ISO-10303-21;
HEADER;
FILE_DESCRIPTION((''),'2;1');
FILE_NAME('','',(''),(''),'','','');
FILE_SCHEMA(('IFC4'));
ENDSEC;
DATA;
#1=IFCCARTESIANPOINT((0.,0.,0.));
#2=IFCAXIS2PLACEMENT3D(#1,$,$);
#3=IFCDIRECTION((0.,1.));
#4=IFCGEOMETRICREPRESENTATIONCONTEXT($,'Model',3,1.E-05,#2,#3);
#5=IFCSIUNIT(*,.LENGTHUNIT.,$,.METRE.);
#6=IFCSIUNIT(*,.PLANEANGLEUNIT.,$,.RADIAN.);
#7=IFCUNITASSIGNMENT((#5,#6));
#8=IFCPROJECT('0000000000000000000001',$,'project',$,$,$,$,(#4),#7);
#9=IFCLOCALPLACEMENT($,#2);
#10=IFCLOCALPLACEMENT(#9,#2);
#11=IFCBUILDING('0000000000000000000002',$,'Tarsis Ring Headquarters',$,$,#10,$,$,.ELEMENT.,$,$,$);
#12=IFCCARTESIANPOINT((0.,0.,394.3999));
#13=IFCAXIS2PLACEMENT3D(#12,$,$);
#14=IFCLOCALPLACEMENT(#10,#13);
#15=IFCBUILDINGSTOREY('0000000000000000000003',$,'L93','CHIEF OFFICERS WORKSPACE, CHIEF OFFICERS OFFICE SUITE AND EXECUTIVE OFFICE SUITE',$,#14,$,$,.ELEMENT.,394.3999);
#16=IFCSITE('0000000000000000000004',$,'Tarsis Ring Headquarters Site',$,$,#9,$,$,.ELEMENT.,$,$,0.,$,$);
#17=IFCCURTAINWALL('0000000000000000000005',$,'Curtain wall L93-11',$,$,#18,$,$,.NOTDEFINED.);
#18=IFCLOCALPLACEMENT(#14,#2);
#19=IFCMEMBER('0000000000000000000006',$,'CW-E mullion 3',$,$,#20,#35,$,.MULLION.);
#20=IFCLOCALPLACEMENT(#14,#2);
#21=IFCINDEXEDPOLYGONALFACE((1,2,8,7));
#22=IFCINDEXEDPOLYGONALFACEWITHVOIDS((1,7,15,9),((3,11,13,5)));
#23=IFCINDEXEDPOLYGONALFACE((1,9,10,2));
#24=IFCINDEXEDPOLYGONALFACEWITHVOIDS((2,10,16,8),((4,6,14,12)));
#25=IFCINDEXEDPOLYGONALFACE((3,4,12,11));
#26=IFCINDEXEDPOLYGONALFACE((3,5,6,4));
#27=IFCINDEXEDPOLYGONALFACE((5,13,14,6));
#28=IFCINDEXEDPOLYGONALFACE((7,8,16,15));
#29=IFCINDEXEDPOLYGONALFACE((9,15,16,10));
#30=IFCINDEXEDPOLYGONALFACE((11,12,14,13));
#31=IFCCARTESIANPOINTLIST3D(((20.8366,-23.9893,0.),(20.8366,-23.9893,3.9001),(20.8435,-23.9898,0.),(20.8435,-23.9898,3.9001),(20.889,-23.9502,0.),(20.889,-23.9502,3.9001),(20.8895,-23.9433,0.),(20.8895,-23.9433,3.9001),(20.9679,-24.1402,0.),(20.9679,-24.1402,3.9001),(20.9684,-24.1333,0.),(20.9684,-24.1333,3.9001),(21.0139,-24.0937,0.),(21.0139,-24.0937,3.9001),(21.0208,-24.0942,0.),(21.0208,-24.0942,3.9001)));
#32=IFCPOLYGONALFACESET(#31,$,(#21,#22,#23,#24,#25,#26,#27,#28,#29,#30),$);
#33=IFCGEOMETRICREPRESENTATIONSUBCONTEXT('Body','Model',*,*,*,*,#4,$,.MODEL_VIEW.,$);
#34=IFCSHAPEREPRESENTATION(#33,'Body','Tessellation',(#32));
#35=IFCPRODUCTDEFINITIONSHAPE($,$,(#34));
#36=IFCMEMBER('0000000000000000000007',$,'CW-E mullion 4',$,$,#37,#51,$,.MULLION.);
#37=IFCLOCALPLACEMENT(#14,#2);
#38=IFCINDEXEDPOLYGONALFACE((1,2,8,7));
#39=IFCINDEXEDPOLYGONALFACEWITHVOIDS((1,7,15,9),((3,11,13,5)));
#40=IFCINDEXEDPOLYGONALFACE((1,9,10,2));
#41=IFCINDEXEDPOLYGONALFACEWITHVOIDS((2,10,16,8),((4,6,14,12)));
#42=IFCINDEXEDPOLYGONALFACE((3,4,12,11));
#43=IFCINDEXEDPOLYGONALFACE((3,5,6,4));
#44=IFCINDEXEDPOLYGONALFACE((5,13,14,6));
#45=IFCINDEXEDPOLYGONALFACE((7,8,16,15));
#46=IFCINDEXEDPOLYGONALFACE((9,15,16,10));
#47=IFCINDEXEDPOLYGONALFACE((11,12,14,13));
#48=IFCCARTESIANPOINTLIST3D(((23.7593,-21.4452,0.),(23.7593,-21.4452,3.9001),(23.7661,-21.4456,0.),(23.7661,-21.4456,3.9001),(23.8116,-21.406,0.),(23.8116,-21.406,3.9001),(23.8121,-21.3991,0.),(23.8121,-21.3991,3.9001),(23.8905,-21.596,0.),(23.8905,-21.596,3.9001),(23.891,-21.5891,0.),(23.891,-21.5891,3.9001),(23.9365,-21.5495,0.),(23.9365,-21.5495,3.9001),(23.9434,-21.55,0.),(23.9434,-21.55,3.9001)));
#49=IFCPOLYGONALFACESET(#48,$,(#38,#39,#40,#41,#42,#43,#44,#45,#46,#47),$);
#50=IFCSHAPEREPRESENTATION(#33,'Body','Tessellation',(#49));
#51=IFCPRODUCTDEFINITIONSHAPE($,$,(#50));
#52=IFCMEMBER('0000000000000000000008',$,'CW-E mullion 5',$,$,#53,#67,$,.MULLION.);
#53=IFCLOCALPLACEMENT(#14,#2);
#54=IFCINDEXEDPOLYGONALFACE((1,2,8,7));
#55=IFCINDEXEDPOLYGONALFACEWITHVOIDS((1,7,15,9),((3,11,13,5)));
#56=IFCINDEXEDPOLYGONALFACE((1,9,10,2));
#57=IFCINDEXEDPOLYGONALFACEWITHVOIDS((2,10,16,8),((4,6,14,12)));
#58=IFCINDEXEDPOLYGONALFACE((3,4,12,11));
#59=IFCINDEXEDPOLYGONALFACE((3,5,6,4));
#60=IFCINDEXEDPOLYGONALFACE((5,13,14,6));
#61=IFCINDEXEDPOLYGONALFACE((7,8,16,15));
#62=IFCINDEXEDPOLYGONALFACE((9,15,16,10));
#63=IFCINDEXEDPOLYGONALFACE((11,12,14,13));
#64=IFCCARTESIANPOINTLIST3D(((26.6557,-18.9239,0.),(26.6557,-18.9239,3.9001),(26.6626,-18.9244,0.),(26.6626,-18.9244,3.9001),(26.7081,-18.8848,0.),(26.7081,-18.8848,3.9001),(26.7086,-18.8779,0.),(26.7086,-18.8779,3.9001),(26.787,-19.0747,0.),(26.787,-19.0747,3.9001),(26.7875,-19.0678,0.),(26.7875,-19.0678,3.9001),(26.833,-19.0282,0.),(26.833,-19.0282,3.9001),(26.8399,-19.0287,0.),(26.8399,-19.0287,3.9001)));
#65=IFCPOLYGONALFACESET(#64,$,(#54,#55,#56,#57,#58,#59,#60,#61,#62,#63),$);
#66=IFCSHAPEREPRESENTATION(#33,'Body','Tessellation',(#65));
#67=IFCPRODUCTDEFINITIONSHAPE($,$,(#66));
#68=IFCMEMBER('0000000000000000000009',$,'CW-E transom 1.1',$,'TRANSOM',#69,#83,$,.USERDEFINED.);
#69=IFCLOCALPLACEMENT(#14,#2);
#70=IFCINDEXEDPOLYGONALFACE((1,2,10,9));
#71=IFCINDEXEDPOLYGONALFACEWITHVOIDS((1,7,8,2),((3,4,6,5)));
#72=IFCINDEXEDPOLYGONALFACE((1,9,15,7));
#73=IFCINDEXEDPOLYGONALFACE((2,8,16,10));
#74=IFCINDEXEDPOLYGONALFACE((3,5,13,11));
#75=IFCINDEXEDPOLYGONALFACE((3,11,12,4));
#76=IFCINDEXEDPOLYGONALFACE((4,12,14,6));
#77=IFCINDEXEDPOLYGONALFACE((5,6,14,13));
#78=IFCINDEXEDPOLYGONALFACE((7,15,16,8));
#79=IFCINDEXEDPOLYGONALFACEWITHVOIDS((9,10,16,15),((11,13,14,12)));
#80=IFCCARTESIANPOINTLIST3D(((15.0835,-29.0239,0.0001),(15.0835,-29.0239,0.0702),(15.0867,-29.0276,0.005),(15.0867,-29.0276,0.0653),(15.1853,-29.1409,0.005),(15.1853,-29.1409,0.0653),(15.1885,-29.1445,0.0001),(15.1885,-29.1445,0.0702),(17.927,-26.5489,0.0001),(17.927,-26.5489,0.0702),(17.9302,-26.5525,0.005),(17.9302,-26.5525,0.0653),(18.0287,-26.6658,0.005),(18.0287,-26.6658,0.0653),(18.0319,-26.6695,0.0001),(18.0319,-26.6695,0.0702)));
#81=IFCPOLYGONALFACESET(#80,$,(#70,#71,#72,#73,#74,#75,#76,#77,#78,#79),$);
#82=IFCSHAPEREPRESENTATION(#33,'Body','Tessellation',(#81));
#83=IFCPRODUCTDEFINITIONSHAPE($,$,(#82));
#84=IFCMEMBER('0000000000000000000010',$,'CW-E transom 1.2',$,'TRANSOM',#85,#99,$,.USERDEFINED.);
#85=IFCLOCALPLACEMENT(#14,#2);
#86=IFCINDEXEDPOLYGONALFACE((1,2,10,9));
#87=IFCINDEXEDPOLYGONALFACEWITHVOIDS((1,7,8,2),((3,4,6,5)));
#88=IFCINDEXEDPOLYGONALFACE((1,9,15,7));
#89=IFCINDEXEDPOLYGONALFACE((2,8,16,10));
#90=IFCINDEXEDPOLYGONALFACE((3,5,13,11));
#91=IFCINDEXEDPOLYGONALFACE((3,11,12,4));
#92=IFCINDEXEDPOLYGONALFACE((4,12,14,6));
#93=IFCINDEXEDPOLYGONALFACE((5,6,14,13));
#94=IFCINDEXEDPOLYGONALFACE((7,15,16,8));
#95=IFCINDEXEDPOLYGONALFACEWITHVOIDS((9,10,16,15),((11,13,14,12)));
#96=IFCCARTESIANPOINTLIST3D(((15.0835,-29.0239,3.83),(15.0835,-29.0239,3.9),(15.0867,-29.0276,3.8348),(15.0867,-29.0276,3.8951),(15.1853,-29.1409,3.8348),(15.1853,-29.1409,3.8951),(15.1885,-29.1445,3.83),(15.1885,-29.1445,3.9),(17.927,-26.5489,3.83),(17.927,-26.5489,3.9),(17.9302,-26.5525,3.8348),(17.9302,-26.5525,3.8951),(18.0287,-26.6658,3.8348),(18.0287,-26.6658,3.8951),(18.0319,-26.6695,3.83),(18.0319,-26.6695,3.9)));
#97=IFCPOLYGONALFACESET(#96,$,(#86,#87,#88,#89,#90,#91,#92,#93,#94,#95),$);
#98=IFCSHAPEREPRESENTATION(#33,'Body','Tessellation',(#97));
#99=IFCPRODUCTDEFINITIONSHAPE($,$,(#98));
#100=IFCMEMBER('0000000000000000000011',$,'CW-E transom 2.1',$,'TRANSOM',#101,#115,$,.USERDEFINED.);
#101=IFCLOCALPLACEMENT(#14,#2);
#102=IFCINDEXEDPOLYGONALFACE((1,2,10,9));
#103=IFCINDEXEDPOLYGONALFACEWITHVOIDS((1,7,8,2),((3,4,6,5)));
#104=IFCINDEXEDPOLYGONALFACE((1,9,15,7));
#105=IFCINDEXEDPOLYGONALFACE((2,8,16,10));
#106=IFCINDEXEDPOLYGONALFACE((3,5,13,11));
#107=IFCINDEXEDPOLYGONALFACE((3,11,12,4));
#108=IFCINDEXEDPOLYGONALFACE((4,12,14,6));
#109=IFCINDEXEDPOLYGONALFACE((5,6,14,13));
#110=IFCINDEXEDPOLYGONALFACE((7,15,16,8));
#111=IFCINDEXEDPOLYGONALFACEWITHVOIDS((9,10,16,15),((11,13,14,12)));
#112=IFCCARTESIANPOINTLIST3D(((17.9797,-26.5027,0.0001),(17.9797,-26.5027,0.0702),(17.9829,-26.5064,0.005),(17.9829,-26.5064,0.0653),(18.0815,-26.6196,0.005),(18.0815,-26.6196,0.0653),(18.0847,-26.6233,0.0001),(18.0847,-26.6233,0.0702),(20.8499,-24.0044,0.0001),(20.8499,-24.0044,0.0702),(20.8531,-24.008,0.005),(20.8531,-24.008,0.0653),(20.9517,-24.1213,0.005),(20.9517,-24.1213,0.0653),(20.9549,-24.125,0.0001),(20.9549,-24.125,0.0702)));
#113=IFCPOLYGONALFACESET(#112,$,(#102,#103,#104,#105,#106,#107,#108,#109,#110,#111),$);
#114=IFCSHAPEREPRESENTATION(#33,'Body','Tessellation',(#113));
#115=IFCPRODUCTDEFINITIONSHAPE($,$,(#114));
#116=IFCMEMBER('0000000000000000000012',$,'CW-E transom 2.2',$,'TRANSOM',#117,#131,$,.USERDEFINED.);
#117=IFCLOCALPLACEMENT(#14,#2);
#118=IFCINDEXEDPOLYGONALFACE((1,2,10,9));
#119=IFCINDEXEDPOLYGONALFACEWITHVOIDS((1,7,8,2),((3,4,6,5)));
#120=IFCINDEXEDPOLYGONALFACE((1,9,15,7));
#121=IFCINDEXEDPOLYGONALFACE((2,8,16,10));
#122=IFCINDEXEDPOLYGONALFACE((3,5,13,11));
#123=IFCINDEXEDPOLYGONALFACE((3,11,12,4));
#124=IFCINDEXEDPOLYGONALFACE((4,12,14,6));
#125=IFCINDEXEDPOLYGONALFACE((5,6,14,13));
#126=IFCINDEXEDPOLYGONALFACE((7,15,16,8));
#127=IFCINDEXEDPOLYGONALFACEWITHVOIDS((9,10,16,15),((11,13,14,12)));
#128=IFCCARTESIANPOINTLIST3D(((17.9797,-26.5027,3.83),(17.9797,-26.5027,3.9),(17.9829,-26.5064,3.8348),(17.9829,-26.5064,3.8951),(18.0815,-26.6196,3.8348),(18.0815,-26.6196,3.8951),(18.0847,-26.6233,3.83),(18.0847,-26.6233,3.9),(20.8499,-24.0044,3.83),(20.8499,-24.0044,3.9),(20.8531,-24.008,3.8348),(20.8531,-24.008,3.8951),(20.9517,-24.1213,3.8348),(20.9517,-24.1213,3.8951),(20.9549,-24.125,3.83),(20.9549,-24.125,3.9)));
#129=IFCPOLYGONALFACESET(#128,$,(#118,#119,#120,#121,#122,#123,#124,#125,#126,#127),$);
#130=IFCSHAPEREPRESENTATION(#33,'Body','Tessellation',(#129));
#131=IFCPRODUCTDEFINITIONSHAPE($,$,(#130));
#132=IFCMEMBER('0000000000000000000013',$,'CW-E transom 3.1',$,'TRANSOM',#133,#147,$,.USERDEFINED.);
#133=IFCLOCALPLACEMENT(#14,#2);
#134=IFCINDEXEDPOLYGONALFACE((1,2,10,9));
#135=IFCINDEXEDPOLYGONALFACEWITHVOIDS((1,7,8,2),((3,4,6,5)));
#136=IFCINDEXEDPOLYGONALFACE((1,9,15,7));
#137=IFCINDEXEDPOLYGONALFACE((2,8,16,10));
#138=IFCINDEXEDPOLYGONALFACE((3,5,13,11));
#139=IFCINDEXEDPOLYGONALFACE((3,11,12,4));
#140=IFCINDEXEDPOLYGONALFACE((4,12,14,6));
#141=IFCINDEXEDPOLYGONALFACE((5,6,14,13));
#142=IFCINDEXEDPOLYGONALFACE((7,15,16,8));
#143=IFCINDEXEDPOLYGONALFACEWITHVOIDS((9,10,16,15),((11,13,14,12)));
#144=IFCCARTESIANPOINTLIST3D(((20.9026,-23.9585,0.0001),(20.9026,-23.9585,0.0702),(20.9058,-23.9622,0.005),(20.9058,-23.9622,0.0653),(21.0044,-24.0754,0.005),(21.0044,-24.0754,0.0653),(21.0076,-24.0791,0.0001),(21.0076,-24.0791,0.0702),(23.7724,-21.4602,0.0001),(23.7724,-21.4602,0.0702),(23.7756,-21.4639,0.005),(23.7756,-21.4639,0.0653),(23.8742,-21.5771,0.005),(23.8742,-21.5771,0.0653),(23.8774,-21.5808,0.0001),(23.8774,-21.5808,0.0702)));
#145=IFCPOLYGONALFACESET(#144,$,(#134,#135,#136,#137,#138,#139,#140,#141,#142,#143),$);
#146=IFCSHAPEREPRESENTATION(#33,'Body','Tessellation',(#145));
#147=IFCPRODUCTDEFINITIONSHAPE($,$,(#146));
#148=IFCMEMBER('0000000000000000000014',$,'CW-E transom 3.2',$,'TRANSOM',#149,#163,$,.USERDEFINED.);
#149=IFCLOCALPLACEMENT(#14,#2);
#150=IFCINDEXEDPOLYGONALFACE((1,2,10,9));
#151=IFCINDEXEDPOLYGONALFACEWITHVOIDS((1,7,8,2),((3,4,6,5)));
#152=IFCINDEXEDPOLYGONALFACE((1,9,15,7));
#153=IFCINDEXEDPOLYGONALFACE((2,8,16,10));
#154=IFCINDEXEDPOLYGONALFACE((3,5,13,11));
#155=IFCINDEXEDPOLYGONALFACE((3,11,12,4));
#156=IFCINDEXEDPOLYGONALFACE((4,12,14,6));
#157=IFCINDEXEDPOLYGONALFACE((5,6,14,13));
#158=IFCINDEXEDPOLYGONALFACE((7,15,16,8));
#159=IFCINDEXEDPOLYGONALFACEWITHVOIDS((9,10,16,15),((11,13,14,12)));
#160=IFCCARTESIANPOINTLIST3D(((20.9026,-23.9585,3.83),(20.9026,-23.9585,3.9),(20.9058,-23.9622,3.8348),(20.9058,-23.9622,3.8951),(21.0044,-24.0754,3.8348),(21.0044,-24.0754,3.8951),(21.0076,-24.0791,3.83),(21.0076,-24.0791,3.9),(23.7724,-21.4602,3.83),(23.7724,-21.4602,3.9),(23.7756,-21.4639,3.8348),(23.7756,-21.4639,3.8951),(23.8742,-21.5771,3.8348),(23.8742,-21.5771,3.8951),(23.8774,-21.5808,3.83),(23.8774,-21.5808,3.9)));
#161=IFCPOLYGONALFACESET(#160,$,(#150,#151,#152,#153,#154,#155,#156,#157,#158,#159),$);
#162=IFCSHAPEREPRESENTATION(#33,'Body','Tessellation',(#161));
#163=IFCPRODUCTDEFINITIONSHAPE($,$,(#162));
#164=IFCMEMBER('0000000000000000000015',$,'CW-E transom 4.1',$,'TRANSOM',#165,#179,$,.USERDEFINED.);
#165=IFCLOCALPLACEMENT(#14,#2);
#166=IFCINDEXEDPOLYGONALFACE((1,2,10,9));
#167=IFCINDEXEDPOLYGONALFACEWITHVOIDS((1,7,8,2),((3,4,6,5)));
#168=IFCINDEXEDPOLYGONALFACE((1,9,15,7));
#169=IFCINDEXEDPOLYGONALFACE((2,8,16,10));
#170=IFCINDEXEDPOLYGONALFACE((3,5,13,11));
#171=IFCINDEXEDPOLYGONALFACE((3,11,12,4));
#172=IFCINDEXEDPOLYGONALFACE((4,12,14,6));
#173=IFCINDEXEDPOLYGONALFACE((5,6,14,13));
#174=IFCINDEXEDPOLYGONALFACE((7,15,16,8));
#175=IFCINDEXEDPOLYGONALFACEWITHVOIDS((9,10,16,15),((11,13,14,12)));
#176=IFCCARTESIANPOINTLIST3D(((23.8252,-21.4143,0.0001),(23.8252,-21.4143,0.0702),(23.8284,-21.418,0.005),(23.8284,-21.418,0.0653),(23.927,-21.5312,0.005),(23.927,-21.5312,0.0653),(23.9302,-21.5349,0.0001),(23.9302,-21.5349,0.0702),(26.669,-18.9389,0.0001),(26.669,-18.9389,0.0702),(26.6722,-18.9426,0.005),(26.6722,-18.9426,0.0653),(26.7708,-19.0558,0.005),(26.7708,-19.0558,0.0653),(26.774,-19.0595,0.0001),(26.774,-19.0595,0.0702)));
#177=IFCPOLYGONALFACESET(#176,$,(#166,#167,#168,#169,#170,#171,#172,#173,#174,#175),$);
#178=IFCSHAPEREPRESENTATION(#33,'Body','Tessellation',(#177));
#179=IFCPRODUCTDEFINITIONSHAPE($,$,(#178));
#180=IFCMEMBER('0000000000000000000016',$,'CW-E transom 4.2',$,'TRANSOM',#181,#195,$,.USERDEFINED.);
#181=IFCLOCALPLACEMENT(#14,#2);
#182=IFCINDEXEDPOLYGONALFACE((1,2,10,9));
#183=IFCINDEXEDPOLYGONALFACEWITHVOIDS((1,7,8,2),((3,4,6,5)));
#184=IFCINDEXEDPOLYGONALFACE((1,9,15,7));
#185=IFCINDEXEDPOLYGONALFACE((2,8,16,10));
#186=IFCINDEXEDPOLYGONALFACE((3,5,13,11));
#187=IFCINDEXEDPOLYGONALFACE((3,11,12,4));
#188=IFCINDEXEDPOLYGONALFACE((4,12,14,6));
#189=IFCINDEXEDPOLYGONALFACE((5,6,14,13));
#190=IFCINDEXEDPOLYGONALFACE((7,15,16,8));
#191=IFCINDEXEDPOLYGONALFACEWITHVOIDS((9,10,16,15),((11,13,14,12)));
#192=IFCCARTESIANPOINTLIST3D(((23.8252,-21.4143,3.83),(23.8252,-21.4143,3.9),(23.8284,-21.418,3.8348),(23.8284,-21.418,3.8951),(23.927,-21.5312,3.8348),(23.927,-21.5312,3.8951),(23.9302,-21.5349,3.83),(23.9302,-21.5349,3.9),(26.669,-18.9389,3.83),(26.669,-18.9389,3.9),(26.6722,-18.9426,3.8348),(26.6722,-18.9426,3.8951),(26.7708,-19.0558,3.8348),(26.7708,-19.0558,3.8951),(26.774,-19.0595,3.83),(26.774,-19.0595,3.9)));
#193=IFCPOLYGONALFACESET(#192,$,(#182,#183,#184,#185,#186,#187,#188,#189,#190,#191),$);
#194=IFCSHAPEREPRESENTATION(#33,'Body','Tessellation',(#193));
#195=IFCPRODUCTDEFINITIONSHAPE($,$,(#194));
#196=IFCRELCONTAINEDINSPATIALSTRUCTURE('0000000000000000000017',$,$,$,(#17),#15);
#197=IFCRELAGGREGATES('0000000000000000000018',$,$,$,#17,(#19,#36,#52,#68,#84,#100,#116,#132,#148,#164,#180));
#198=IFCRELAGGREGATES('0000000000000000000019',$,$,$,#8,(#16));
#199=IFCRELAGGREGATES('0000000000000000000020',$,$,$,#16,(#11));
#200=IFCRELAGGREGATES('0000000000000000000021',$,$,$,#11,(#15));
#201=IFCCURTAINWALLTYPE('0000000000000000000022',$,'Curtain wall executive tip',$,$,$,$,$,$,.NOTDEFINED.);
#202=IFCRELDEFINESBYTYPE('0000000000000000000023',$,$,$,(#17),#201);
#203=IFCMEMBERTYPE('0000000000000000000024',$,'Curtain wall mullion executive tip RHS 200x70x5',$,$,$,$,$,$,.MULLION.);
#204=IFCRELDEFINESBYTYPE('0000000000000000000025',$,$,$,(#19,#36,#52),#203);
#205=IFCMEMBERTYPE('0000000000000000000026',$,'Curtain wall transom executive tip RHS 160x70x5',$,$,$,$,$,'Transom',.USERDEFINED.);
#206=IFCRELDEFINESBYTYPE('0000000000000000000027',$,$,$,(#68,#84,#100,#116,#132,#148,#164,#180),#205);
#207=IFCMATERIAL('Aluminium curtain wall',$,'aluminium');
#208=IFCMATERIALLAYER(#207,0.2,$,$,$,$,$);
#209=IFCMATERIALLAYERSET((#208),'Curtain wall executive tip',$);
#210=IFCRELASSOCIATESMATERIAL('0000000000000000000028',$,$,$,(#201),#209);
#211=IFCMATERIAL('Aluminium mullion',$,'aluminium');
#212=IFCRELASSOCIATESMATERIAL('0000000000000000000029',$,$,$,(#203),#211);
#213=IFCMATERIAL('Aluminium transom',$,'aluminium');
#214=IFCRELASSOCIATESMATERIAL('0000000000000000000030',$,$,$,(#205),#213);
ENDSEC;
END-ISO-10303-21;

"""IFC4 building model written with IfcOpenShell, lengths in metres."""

from ifc_helpers import new_model, si_unit, direction, frame, origin, origin_2d, place, context, subcontext, project, spatial, hollow_rectangle, extrude, material, layer, layer_set, material_profile, profile_set, type_object, element, aggregate, save


model = new_model("IFC4")

# Units and contexts
model_context = context("Model", 3, precision=1e-05, world=origin(), true_north=direction((0.0, 1.0)))
body_context = subcontext(model_context, "Body", "Model", "MODEL_VIEW")
ifc_project = project(units=[si_unit("LENGTHUNIT", "METRE"), si_unit("PLANEANGLEUNIT", "RADIAN")], contexts=[model_context])

# Site, building, storey
site_placement = place(None, origin())
site = spatial("IfcSite", under=ifc_project, at=site_placement, Name="Tarsis Ring Headquarters Site", CompositionType="ELEMENT", RefElevation=0.0)
building_placement = place(site_placement, origin())
building = spatial("IfcBuilding", under=site, at=building_placement, Name="Tarsis Ring Headquarters", CompositionType="ELEMENT")
storey_placement = place(building_placement, frame((0.0, 0.0, 394.3999)))
storey = spatial("IfcBuildingStorey", under=building, at=storey_placement, Name="L93", Description="CHIEF OFFICERS WORKSPACE, CHIEF OFFICERS OFFICE SUITE AND EXECUTIVE OFFICE SUITE", CompositionType="ELEMENT", Elevation=394.3999)

# Curtain wall, members
ifc_material_1 = material(Name="Aluminium curtain wall", Category="aluminium")
ifc_layer_1 = layer(ifc_material_1, 0.2)
ifc_layer_set_1 = layer_set([ifc_layer_1], Name="Curtain wall executive tip")
curtain_wall_type = type_object("IfcCurtainWallType", Name="Curtain wall executive tip", PredefinedType="NOTDEFINED", material=ifc_layer_set_1)
curtain_wall_placement = place(storey_placement, origin())
curtain_wall = element("IfcCurtainWall", 1, at=curtain_wall_placement, inside=storey, type_object=curtain_wall_type, Name="Curtain wall L93-11", PredefinedType="NOTDEFINED")
ifc_material_2 = material(Name="Aluminium mullion", Category="aluminium")
ifc_material_profile_1 = material_profile(ifc_material_2, hollow_rectangle(XDim=0.2, YDim=0.0701, WallThickness=0.0049, at=origin_2d()), Name="RHS 200x70x5")
ifc_profile_set_1 = profile_set([ifc_material_profile_1], Name="Aluminium mullion")
member_type_1 = type_object("IfcMemberType", Name="Curtain wall mullion executive tip RHS 200x70x5", PredefinedType="MULLION", material=ifc_profile_set_1)
member_1_placement = place(storey_placement, frame((20.9287, -24.0417, 0.0), z_axis=(0.0, 0.0, 1.0), x_axis=(-0.656586, 0.754251, 0.0)))
member_1 = element("IfcMember", 2, at=member_1_placement, type_object=member_type_1, Name="CW-E mullion 3", PredefinedType="MULLION", context=body_context, shape_type="SweptSolid", body=[
    extrude(hollow_rectangle(XDim=0.2, YDim=0.0701, WallThickness=0.0049, at=origin_2d()), origin(), (0.0, 0.0, 1.0), 3.9001),
])
member_2_placement = place(storey_placement, frame((23.8513, -21.4976, 0.0), z_axis=(0.0, 0.0, 1.0), x_axis=(-0.656586, 0.754251, 0.0)))
member_2 = element("IfcMember", 3, at=member_2_placement, type_object=member_type_1, Name="CW-E mullion 4", PredefinedType="MULLION", context=body_context, shape_type="SweptSolid", body=[
    extrude(hollow_rectangle(XDim=0.2, YDim=0.0701, WallThickness=0.0049, at=origin_2d()), origin(), (0.0, 0.0, 1.0), 3.9001),
])
member_3_placement = place(storey_placement, frame((26.7478, -18.9763, 0.0), z_axis=(0.0, 0.0, 1.0), x_axis=(-0.656586, 0.754251, 0.0)))
member_3 = element("IfcMember", 4, at=member_3_placement, type_object=member_type_1, Name="CW-E mullion 5", PredefinedType="MULLION", context=body_context, shape_type="SweptSolid", body=[
    extrude(hollow_rectangle(XDim=0.2, YDim=0.0701, WallThickness=0.0049, at=origin_2d()), origin(), (0.0, 0.0, 1.0), 3.9001),
])
ifc_material_3 = material(Name="Aluminium transom", Category="aluminium")
ifc_material_profile_2 = material_profile(ifc_material_3, hollow_rectangle(XDim=0.1599, YDim=0.0701, WallThickness=0.0049, at=origin_2d()), Name="RHS 160x70x5")
ifc_profile_set_2 = profile_set([ifc_material_profile_2], Name="Aluminium transom")
member_type_2 = type_object("IfcMemberType", Name="Curtain wall transom executive tip RHS 160x70x5", ElementType="Transom", PredefinedType="USERDEFINED", material=ifc_profile_set_2)
member_4_placement = place(storey_placement, frame((15.136, -29.0842, 0.0352), z_axis=(0.754279, 0.656554, 0.0), x_axis=(-0.656554, 0.754279, 0.0)))
member_4 = element("IfcMember", 5, at=member_4_placement, type_object=member_type_2, Name="CW-E transom 1.1", ObjectType="TRANSOM", PredefinedType="USERDEFINED", context=body_context, shape_type="SweptSolid", body=[
    extrude(hollow_rectangle(XDim=0.1599, YDim=0.0701, WallThickness=0.0049, at=origin_2d()), origin(), (0.0, 0.0, 1.0), 3.7698),
])
member_5_placement = place(storey_placement, frame((15.136, -29.0842, 3.865), z_axis=(0.754279, 0.656554, 0.0), x_axis=(-0.656554, 0.754279, 0.0)))
member_5 = element("IfcMember", 6, at=member_5_placement, type_object=member_type_2, Name="CW-E transom 1.2", ObjectType="TRANSOM", PredefinedType="USERDEFINED", context=body_context, shape_type="SweptSolid", body=[
    extrude(hollow_rectangle(XDim=0.1599, YDim=0.0701, WallThickness=0.0049, at=origin_2d()), origin(), (0.0, 0.0, 1.0), 3.7698),
])
member_6_placement = place(storey_placement, frame((18.0322, -26.563, 0.0352), z_axis=(0.754275, 0.656558, 0.0), x_axis=(-0.656558, 0.754275, 0.0)))
member_6 = element("IfcMember", 7, at=member_6_placement, type_object=member_type_2, Name="CW-E transom 2.1", ObjectType="TRANSOM", PredefinedType="USERDEFINED", context=body_context, shape_type="SweptSolid", body=[
    extrude(hollow_rectangle(XDim=0.1599, YDim=0.0701, WallThickness=0.0049, at=origin_2d()), origin(), (0.0, 0.0, 1.0), 3.8052),
])
member_7_placement = place(storey_placement, frame((18.0322, -26.563, 3.865), z_axis=(0.754275, 0.656558, 0.0), x_axis=(-0.656558, 0.754275, 0.0)))
member_7 = element("IfcMember", 8, at=member_7_placement, type_object=member_type_2, Name="CW-E transom 2.2", ObjectType="TRANSOM", PredefinedType="USERDEFINED", context=body_context, shape_type="SweptSolid", body=[
    extrude(hollow_rectangle(XDim=0.1599, YDim=0.0701, WallThickness=0.0049, at=origin_2d()), origin(), (0.0, 0.0, 1.0), 3.8052),
])
member_8_placement = place(storey_placement, frame((20.9551, -24.0188, 0.0352), z_axis=(0.754248, 0.65659, 0.0), x_axis=(-0.65659, 0.754248, 0.0)))
member_8 = element("IfcMember", 9, at=member_8_placement, type_object=member_type_2, Name="CW-E transom 3.1", ObjectType="TRANSOM", PredefinedType="USERDEFINED", context=body_context, shape_type="SweptSolid", body=[
    extrude(hollow_rectangle(XDim=0.1599, YDim=0.0701, WallThickness=0.0049, at=origin_2d()), origin(), (0.0, 0.0, 1.0), 3.8049),
])
member_9_placement = place(storey_placement, frame((20.9551, -24.0188, 3.865), z_axis=(0.754248, 0.65659, 0.0), x_axis=(-0.65659, 0.754248, 0.0)))
member_9 = element("IfcMember", 10, at=member_9_placement, type_object=member_type_2, Name="CW-E transom 3.2", ObjectType="TRANSOM", PredefinedType="USERDEFINED", context=body_context, shape_type="SweptSolid", body=[
    extrude(hollow_rectangle(XDim=0.1599, YDim=0.0701, WallThickness=0.0049, at=origin_2d()), origin(), (0.0, 0.0, 1.0), 3.8049),
])
member_10_placement = place(storey_placement, frame((23.8777, -21.4746, 0.0352), z_axis=(0.754275, 0.656559, 0.0), x_axis=(-0.656559, 0.754275, 0.0)))
member_10 = element("IfcMember", 11, at=member_10_placement, type_object=member_type_2, Name="CW-E transom 4.1", ObjectType="TRANSOM", PredefinedType="USERDEFINED", context=body_context, shape_type="SweptSolid", body=[
    extrude(hollow_rectangle(XDim=0.1599, YDim=0.0701, WallThickness=0.0049, at=origin_2d()), origin(), (0.0, 0.0, 1.0), 3.7703),
])
member_11_placement = place(storey_placement, frame((23.8777, -21.4746, 3.865), z_axis=(0.754275, 0.656559, 0.0), x_axis=(-0.656559, 0.754275, 0.0)))
member_11 = element("IfcMember", 12, at=member_11_placement, type_object=member_type_2, Name="CW-E transom 4.2", ObjectType="TRANSOM", PredefinedType="USERDEFINED", context=body_context, shape_type="SweptSolid", body=[
    extrude(hollow_rectangle(XDim=0.1599, YDim=0.0701, WallThickness=0.0049, at=origin_2d()), origin(), (0.0, 0.0, 1.0), 3.7703),
])

aggregate(curtain_wall, [member_1, member_2, member_3, member_4, member_5, member_6, member_7, member_8, member_9, member_10, member_11])

save(model, "model.ifc")
